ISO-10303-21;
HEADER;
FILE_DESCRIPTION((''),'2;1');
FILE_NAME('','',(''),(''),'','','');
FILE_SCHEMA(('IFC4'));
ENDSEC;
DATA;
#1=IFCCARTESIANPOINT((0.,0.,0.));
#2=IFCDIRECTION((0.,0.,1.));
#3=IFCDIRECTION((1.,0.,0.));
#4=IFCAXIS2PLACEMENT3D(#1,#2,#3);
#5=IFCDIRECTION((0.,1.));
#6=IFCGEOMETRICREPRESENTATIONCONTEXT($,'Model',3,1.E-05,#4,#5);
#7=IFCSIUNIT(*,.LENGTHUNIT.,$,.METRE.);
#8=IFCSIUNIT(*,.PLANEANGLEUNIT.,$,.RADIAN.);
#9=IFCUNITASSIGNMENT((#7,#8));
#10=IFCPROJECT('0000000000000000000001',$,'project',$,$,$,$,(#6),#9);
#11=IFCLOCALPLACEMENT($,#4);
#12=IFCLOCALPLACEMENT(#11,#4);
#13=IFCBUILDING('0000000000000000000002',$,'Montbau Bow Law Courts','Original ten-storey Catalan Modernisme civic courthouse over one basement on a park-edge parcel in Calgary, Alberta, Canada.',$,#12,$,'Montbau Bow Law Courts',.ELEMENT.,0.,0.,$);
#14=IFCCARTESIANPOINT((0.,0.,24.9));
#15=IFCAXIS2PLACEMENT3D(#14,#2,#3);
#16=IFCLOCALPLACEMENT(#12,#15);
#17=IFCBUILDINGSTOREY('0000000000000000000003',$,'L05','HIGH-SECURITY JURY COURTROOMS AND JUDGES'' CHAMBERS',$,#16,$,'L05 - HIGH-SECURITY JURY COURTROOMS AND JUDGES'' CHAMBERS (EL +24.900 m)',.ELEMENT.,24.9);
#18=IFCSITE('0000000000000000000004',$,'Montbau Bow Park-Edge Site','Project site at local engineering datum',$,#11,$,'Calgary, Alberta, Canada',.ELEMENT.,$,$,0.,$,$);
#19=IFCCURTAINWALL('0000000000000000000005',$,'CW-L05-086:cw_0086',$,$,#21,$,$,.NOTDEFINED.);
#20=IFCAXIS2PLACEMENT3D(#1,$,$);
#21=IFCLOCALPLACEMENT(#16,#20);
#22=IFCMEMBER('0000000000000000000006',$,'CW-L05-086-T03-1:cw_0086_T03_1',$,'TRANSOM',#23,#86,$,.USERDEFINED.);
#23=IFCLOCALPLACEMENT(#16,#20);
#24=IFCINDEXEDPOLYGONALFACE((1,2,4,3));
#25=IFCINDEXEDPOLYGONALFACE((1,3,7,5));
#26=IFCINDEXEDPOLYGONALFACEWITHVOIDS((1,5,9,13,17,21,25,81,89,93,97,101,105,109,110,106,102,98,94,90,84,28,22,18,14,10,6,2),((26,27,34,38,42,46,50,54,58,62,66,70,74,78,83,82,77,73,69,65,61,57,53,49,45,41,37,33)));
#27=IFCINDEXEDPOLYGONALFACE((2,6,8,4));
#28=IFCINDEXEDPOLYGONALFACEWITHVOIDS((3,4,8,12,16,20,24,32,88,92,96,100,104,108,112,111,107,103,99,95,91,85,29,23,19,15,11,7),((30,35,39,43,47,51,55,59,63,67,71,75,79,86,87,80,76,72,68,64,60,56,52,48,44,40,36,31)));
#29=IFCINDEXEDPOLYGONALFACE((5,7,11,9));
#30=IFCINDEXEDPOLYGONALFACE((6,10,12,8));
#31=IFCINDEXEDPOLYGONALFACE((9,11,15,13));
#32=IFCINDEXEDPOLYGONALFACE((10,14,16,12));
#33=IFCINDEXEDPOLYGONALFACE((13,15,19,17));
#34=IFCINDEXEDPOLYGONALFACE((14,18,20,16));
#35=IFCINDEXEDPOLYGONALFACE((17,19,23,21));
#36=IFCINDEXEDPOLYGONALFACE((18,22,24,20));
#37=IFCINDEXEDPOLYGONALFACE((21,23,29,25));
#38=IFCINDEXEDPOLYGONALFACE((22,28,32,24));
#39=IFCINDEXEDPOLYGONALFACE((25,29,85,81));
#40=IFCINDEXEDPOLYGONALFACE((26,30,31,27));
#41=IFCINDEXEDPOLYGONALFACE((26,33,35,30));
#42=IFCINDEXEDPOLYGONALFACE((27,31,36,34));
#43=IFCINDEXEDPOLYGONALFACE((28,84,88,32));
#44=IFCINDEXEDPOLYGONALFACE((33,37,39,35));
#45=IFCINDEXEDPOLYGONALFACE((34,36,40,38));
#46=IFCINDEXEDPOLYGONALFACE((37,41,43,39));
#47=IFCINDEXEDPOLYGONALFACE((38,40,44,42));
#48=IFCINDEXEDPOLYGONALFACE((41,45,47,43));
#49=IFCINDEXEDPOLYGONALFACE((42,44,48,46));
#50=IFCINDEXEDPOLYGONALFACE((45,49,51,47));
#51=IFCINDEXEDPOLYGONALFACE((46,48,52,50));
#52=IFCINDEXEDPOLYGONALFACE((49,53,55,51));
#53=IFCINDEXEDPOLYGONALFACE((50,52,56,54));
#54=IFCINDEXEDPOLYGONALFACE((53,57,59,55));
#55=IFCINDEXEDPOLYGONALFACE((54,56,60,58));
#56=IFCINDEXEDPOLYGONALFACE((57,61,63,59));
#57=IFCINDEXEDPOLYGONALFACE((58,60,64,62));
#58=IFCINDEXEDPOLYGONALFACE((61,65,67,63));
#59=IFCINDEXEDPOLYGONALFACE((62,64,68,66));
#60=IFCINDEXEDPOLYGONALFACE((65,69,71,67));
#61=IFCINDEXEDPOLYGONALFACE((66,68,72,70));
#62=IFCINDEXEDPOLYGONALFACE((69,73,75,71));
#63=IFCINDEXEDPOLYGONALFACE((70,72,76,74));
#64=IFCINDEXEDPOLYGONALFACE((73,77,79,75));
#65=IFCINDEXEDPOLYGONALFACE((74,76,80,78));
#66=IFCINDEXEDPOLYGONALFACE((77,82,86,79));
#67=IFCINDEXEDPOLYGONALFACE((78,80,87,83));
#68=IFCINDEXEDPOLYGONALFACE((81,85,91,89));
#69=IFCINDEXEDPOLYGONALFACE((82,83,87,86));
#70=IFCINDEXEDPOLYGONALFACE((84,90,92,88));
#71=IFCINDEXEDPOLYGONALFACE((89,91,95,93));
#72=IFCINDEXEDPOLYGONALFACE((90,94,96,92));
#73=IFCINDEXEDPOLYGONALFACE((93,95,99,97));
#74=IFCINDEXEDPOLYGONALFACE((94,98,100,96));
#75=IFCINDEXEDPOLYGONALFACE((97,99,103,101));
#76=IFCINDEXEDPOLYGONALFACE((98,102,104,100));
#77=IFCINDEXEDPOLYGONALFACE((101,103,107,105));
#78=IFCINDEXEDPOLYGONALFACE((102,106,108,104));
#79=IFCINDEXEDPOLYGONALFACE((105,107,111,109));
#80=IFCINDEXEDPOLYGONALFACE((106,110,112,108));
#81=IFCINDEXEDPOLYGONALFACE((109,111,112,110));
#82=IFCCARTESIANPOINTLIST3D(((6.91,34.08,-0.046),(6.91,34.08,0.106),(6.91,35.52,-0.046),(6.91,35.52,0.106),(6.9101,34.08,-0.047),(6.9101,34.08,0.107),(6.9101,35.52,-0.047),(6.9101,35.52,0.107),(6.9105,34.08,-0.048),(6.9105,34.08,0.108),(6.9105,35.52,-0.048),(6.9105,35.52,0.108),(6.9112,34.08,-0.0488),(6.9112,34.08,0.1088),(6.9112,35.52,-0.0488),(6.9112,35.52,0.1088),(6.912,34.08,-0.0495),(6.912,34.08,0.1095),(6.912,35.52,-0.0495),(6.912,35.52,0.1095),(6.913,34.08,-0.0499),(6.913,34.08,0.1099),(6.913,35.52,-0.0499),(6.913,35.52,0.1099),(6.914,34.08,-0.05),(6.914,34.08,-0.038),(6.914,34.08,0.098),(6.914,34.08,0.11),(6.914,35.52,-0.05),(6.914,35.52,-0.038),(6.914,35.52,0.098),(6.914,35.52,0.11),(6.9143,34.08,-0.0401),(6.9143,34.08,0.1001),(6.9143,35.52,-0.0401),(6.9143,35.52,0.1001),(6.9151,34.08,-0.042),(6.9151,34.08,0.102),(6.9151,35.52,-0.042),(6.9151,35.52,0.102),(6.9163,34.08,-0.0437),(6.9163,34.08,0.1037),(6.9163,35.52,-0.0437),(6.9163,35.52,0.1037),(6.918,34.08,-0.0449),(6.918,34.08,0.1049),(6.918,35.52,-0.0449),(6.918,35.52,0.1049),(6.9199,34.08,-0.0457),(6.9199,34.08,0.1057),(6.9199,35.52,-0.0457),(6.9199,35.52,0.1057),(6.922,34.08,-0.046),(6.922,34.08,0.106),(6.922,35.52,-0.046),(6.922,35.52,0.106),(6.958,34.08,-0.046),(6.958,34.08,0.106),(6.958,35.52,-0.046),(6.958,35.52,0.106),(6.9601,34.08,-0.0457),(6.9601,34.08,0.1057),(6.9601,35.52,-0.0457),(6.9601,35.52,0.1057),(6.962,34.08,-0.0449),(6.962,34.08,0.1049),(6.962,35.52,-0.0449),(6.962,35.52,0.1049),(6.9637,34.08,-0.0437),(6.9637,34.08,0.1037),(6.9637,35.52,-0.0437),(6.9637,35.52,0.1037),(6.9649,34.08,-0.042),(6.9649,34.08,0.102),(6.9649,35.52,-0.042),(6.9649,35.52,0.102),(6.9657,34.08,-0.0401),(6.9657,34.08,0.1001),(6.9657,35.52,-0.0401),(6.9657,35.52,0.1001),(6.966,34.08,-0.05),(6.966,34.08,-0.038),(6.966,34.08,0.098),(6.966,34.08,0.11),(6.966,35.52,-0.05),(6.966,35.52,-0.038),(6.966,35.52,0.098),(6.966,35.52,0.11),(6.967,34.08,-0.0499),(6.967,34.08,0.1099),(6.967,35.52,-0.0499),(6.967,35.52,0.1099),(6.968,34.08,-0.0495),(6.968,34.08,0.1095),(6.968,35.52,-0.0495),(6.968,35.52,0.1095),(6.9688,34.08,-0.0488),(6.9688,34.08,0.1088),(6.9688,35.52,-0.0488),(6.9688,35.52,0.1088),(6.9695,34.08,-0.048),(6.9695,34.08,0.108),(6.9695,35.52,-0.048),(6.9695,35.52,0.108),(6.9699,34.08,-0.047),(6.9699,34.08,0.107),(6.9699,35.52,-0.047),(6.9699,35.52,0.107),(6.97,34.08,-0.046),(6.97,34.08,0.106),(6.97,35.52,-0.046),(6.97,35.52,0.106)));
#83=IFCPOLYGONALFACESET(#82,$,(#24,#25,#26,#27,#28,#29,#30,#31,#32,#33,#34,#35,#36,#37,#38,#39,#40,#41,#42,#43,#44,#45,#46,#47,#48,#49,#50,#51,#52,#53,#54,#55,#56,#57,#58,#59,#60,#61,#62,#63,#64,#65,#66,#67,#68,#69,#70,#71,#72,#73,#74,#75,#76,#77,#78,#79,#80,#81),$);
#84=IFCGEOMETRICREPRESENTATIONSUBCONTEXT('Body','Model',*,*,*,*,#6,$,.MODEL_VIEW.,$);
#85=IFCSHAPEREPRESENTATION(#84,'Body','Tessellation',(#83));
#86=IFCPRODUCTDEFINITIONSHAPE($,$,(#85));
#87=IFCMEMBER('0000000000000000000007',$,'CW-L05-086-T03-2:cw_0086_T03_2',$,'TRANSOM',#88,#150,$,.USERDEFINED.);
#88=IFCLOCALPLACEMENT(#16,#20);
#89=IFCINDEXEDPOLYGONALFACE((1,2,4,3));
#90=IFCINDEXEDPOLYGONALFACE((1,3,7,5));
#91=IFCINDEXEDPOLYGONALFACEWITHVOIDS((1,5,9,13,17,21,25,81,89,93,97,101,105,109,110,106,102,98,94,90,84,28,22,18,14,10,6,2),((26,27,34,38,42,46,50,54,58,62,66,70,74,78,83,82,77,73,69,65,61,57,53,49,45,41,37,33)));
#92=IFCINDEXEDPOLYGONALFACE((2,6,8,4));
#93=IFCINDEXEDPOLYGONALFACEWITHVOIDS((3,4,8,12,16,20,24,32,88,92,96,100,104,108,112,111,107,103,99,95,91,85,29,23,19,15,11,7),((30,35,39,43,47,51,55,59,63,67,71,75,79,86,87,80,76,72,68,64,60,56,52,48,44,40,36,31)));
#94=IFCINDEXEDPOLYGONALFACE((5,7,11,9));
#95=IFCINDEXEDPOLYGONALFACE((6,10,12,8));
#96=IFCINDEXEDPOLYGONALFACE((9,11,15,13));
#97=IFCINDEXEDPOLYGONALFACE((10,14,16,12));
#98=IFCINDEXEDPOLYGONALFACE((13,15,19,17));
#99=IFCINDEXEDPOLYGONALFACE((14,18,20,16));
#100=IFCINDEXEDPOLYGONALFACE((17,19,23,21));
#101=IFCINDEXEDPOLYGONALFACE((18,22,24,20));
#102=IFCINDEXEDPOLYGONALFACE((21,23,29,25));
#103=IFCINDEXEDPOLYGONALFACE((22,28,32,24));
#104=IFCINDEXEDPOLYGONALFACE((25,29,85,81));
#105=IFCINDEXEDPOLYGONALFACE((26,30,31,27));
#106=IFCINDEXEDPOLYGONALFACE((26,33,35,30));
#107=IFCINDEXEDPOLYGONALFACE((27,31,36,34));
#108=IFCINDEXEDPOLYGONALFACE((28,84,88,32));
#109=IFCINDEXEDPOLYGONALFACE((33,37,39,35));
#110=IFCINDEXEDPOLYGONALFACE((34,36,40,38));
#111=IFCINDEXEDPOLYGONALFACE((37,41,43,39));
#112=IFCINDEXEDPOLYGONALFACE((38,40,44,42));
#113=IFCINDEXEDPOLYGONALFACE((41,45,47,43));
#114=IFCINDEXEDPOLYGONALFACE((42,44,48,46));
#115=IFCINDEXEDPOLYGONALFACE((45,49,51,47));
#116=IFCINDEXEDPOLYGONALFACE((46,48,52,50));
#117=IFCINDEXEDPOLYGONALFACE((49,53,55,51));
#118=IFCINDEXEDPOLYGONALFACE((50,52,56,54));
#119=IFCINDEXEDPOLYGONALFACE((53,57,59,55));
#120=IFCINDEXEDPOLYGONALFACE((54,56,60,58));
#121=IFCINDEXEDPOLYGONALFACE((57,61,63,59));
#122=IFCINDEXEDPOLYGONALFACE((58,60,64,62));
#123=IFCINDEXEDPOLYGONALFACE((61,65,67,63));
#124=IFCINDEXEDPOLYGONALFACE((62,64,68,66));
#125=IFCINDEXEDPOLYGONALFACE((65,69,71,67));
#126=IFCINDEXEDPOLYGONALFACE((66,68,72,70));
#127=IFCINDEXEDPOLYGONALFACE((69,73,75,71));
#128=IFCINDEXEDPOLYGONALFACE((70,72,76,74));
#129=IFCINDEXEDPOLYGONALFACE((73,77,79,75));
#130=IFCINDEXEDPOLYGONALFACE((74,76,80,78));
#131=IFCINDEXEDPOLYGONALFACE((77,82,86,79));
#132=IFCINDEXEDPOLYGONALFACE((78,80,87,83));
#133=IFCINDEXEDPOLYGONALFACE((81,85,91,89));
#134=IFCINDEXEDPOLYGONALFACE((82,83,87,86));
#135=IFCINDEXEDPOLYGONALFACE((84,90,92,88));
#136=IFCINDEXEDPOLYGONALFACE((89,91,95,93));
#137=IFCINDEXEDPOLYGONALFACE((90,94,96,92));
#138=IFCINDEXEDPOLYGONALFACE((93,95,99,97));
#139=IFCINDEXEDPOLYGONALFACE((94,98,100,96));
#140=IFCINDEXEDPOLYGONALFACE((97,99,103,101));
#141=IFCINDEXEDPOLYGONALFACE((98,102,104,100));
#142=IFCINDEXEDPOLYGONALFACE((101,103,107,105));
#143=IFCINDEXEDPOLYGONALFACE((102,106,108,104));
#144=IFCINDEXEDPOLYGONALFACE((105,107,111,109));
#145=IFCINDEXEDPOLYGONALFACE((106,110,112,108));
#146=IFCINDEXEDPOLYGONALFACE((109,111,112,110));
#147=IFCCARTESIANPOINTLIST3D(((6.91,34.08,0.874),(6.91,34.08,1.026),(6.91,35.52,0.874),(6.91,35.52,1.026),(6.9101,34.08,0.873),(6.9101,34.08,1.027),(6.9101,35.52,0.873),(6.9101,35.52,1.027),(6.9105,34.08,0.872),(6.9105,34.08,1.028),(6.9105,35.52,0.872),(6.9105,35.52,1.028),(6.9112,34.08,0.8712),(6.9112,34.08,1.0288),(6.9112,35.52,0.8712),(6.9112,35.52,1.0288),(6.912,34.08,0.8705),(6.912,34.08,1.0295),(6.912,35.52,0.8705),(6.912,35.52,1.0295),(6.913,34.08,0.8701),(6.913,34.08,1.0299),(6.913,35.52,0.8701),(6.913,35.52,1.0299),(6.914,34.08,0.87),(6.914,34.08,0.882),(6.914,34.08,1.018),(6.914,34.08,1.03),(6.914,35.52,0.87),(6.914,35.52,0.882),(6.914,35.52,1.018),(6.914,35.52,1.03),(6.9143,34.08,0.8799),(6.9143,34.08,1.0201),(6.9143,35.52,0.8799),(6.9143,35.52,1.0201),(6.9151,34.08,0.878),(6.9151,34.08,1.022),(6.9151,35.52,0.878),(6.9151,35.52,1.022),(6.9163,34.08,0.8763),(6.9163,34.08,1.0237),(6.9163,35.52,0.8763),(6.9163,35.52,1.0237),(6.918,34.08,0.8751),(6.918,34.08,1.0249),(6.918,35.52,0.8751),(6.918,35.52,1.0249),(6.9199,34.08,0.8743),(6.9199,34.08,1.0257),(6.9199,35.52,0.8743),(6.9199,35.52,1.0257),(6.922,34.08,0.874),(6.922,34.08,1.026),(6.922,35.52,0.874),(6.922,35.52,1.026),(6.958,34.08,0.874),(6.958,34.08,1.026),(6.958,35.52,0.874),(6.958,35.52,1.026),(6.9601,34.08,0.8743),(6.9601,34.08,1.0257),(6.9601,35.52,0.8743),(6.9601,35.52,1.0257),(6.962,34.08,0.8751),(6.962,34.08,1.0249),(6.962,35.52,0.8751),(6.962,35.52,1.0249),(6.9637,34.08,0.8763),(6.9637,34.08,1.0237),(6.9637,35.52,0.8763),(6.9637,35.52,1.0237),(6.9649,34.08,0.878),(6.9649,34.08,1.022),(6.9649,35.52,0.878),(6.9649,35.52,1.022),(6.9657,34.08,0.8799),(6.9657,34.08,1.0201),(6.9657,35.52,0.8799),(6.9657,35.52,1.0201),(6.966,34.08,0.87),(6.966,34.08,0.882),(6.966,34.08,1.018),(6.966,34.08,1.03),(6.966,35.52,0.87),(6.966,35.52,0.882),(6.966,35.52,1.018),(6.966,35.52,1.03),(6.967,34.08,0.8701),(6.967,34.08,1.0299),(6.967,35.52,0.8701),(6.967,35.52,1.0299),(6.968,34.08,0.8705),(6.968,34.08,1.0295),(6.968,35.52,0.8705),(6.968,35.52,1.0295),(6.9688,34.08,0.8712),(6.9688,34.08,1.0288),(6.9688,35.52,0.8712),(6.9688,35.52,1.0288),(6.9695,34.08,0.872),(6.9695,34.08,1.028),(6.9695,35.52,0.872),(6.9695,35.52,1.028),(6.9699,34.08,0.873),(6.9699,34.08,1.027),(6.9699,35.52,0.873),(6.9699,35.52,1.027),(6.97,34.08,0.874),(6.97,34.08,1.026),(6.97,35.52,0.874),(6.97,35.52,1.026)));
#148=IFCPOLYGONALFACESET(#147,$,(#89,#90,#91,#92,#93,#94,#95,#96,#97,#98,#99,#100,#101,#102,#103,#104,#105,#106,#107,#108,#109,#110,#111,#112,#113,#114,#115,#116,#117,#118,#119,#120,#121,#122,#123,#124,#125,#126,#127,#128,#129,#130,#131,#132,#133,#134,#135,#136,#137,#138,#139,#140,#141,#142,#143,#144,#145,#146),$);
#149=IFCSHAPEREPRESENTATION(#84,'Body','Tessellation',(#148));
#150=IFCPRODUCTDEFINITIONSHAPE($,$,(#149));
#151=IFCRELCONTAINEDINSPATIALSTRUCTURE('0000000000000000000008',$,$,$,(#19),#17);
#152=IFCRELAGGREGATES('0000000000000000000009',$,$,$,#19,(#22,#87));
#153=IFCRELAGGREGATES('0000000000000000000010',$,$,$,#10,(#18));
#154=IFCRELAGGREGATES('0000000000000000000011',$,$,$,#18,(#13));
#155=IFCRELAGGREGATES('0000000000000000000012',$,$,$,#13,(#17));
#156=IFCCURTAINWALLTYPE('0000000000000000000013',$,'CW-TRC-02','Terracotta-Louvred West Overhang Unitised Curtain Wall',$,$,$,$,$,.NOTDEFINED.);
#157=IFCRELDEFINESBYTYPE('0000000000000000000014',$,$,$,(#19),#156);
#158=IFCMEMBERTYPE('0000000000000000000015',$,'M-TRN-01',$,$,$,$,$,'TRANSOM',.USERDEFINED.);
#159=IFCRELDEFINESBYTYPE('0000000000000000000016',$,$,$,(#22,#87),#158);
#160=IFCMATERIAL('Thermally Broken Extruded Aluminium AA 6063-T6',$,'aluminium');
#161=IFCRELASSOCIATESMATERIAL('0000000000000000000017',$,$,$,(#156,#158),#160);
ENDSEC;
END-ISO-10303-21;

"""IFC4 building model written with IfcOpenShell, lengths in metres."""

from ifc_helpers import new_model, si_unit, direction, frame, origin_with_axes, origin_2d_with_axis, place, context, subcontext, project, spatial, hollow_rectangle, extrude, material, material_profile, profile_set, type_object, element, aggregate, save


model = new_model("IFC4")

# Units and contexts
model_context = context("Model", 3, precision=1e-05, world=origin_with_axes(), true_north=direction((0.0, 1.0)))
body_context = subcontext(model_context, "Body", "Model", "MODEL_VIEW")
ifc_project = project(units=[si_unit("LENGTHUNIT", "METRE"), si_unit("PLANEANGLEUNIT", "RADIAN")], contexts=[model_context])

# Site, building, storey
site_placement = place(None, origin_with_axes())
site = spatial("IfcSite", under=ifc_project, at=site_placement, Name="Montbau Bow Park-Edge Site", Description="Project site at local engineering datum", LongName="Calgary, Alberta, Canada", CompositionType="ELEMENT", RefElevation=0.0)
building_placement = place(site_placement, origin_with_axes())
building = spatial("IfcBuilding", under=site, at=building_placement, Name="Montbau Bow Law Courts", Description="Original ten-storey Catalan Modernisme civic courthouse over one basement on a park-edge parcel in Calgary, Alberta, Canada.", LongName="Montbau Bow Law Courts", CompositionType="ELEMENT", ElevationOfRefHeight=0.0, ElevationOfTerrain=0.0)
storey_placement = place(building_placement, frame((0.0, 0.0, 24.9), z_axis=(0.0, 0.0, 1.0), x_axis=(1.0, 0.0, 0.0)))
storey = spatial("IfcBuildingStorey", under=building, at=storey_placement, Name="L05", Description="HIGH-SECURITY JURY COURTROOMS AND JUDGES' CHAMBERS", LongName="L05 - HIGH-SECURITY JURY COURTROOMS AND JUDGES' CHAMBERS (EL +24.900 m)", CompositionType="ELEMENT", Elevation=24.9)

# Curtain wall, members
ifc_material_1 = material(Name="Thermally Broken Extruded Aluminium AA 6063-T6", Category="aluminium")
curtain_wall_type = type_object("IfcCurtainWallType", Name="CW-TRC-02", Description="Terracotta-Louvred West Overhang Unitised Curtain Wall", PredefinedType="NOTDEFINED", material=ifc_material_1)
curtain_wall_placement = place(None, frame((6.94, 31.04, 24.9), z_axis=(0.0, 0.0, 1.0), x_axis=(1.0, 0.0, 0.0)))
curtain_wall = element("IfcCurtainWall", 1, at=curtain_wall_placement, inside=storey, type_object=curtain_wall_type, Name="CW-L05-086:cw_0086", PredefinedType="NOTDEFINED")
ifc_material_profile_1 = material_profile(ifc_material_1, hollow_rectangle(XDim=0.06, YDim=0.16, WallThickness=0.004, InnerFilletRadius=0.008, OuterFilletRadius=0.004, at=origin_2d_with_axis()), Name="CWT-160X60", Category="Main", Priority=0)
ifc_profile_set_1 = profile_set([ifc_material_profile_1], Name="Thermally Broken Extruded Aluminium AA 6063-T6")
member_type_1 = type_object("IfcMemberType", Name="M-TRN-01", ElementType="TRANSOM", PredefinedType="USERDEFINED", material=ifc_profile_set_1)
member_1_placement = place(None, frame((6.94, 34.08, 24.93), z_axis=(0.0, 1.0, 0.0), x_axis=(-1.0, 0.0, 0.0)))
member_1 = element("IfcMember", 2, at=member_1_placement, type_object=member_type_1, Name="CW-L05-086-T03-1:cw_0086_T03_1", ObjectType="TRANSOM", PredefinedType="USERDEFINED", context=body_context, shape_type="SweptSolid", body=[
    extrude(hollow_rectangle(XDim=0.06, YDim=0.16, WallThickness=0.004, InnerFilletRadius=0.008, OuterFilletRadius=0.004, at=origin_2d_with_axis()), origin_with_axes(), (0.0, 0.0, 1.0), 1.44),
])
member_2_placement = place(None, frame((6.94, 34.08, 25.85), z_axis=(0.0, 1.0, 0.0), x_axis=(-1.0, 0.0, 0.0)))
member_2 = element("IfcMember", 3, at=member_2_placement, type_object=member_type_1, Name="CW-L05-086-T03-2:cw_0086_T03_2", ObjectType="TRANSOM", PredefinedType="USERDEFINED", context=body_context, shape_type="SweptSolid", body=[
    extrude(hollow_rectangle(XDim=0.06, YDim=0.16, WallThickness=0.004, InnerFilletRadius=0.008, OuterFilletRadius=0.004, at=origin_2d_with_axis()), origin_with_axes(), (0.0, 0.0, 1.0), 1.44),
])
aggregate(curtain_wall, [member_1, member_2])

save(model, "model.ifc")
